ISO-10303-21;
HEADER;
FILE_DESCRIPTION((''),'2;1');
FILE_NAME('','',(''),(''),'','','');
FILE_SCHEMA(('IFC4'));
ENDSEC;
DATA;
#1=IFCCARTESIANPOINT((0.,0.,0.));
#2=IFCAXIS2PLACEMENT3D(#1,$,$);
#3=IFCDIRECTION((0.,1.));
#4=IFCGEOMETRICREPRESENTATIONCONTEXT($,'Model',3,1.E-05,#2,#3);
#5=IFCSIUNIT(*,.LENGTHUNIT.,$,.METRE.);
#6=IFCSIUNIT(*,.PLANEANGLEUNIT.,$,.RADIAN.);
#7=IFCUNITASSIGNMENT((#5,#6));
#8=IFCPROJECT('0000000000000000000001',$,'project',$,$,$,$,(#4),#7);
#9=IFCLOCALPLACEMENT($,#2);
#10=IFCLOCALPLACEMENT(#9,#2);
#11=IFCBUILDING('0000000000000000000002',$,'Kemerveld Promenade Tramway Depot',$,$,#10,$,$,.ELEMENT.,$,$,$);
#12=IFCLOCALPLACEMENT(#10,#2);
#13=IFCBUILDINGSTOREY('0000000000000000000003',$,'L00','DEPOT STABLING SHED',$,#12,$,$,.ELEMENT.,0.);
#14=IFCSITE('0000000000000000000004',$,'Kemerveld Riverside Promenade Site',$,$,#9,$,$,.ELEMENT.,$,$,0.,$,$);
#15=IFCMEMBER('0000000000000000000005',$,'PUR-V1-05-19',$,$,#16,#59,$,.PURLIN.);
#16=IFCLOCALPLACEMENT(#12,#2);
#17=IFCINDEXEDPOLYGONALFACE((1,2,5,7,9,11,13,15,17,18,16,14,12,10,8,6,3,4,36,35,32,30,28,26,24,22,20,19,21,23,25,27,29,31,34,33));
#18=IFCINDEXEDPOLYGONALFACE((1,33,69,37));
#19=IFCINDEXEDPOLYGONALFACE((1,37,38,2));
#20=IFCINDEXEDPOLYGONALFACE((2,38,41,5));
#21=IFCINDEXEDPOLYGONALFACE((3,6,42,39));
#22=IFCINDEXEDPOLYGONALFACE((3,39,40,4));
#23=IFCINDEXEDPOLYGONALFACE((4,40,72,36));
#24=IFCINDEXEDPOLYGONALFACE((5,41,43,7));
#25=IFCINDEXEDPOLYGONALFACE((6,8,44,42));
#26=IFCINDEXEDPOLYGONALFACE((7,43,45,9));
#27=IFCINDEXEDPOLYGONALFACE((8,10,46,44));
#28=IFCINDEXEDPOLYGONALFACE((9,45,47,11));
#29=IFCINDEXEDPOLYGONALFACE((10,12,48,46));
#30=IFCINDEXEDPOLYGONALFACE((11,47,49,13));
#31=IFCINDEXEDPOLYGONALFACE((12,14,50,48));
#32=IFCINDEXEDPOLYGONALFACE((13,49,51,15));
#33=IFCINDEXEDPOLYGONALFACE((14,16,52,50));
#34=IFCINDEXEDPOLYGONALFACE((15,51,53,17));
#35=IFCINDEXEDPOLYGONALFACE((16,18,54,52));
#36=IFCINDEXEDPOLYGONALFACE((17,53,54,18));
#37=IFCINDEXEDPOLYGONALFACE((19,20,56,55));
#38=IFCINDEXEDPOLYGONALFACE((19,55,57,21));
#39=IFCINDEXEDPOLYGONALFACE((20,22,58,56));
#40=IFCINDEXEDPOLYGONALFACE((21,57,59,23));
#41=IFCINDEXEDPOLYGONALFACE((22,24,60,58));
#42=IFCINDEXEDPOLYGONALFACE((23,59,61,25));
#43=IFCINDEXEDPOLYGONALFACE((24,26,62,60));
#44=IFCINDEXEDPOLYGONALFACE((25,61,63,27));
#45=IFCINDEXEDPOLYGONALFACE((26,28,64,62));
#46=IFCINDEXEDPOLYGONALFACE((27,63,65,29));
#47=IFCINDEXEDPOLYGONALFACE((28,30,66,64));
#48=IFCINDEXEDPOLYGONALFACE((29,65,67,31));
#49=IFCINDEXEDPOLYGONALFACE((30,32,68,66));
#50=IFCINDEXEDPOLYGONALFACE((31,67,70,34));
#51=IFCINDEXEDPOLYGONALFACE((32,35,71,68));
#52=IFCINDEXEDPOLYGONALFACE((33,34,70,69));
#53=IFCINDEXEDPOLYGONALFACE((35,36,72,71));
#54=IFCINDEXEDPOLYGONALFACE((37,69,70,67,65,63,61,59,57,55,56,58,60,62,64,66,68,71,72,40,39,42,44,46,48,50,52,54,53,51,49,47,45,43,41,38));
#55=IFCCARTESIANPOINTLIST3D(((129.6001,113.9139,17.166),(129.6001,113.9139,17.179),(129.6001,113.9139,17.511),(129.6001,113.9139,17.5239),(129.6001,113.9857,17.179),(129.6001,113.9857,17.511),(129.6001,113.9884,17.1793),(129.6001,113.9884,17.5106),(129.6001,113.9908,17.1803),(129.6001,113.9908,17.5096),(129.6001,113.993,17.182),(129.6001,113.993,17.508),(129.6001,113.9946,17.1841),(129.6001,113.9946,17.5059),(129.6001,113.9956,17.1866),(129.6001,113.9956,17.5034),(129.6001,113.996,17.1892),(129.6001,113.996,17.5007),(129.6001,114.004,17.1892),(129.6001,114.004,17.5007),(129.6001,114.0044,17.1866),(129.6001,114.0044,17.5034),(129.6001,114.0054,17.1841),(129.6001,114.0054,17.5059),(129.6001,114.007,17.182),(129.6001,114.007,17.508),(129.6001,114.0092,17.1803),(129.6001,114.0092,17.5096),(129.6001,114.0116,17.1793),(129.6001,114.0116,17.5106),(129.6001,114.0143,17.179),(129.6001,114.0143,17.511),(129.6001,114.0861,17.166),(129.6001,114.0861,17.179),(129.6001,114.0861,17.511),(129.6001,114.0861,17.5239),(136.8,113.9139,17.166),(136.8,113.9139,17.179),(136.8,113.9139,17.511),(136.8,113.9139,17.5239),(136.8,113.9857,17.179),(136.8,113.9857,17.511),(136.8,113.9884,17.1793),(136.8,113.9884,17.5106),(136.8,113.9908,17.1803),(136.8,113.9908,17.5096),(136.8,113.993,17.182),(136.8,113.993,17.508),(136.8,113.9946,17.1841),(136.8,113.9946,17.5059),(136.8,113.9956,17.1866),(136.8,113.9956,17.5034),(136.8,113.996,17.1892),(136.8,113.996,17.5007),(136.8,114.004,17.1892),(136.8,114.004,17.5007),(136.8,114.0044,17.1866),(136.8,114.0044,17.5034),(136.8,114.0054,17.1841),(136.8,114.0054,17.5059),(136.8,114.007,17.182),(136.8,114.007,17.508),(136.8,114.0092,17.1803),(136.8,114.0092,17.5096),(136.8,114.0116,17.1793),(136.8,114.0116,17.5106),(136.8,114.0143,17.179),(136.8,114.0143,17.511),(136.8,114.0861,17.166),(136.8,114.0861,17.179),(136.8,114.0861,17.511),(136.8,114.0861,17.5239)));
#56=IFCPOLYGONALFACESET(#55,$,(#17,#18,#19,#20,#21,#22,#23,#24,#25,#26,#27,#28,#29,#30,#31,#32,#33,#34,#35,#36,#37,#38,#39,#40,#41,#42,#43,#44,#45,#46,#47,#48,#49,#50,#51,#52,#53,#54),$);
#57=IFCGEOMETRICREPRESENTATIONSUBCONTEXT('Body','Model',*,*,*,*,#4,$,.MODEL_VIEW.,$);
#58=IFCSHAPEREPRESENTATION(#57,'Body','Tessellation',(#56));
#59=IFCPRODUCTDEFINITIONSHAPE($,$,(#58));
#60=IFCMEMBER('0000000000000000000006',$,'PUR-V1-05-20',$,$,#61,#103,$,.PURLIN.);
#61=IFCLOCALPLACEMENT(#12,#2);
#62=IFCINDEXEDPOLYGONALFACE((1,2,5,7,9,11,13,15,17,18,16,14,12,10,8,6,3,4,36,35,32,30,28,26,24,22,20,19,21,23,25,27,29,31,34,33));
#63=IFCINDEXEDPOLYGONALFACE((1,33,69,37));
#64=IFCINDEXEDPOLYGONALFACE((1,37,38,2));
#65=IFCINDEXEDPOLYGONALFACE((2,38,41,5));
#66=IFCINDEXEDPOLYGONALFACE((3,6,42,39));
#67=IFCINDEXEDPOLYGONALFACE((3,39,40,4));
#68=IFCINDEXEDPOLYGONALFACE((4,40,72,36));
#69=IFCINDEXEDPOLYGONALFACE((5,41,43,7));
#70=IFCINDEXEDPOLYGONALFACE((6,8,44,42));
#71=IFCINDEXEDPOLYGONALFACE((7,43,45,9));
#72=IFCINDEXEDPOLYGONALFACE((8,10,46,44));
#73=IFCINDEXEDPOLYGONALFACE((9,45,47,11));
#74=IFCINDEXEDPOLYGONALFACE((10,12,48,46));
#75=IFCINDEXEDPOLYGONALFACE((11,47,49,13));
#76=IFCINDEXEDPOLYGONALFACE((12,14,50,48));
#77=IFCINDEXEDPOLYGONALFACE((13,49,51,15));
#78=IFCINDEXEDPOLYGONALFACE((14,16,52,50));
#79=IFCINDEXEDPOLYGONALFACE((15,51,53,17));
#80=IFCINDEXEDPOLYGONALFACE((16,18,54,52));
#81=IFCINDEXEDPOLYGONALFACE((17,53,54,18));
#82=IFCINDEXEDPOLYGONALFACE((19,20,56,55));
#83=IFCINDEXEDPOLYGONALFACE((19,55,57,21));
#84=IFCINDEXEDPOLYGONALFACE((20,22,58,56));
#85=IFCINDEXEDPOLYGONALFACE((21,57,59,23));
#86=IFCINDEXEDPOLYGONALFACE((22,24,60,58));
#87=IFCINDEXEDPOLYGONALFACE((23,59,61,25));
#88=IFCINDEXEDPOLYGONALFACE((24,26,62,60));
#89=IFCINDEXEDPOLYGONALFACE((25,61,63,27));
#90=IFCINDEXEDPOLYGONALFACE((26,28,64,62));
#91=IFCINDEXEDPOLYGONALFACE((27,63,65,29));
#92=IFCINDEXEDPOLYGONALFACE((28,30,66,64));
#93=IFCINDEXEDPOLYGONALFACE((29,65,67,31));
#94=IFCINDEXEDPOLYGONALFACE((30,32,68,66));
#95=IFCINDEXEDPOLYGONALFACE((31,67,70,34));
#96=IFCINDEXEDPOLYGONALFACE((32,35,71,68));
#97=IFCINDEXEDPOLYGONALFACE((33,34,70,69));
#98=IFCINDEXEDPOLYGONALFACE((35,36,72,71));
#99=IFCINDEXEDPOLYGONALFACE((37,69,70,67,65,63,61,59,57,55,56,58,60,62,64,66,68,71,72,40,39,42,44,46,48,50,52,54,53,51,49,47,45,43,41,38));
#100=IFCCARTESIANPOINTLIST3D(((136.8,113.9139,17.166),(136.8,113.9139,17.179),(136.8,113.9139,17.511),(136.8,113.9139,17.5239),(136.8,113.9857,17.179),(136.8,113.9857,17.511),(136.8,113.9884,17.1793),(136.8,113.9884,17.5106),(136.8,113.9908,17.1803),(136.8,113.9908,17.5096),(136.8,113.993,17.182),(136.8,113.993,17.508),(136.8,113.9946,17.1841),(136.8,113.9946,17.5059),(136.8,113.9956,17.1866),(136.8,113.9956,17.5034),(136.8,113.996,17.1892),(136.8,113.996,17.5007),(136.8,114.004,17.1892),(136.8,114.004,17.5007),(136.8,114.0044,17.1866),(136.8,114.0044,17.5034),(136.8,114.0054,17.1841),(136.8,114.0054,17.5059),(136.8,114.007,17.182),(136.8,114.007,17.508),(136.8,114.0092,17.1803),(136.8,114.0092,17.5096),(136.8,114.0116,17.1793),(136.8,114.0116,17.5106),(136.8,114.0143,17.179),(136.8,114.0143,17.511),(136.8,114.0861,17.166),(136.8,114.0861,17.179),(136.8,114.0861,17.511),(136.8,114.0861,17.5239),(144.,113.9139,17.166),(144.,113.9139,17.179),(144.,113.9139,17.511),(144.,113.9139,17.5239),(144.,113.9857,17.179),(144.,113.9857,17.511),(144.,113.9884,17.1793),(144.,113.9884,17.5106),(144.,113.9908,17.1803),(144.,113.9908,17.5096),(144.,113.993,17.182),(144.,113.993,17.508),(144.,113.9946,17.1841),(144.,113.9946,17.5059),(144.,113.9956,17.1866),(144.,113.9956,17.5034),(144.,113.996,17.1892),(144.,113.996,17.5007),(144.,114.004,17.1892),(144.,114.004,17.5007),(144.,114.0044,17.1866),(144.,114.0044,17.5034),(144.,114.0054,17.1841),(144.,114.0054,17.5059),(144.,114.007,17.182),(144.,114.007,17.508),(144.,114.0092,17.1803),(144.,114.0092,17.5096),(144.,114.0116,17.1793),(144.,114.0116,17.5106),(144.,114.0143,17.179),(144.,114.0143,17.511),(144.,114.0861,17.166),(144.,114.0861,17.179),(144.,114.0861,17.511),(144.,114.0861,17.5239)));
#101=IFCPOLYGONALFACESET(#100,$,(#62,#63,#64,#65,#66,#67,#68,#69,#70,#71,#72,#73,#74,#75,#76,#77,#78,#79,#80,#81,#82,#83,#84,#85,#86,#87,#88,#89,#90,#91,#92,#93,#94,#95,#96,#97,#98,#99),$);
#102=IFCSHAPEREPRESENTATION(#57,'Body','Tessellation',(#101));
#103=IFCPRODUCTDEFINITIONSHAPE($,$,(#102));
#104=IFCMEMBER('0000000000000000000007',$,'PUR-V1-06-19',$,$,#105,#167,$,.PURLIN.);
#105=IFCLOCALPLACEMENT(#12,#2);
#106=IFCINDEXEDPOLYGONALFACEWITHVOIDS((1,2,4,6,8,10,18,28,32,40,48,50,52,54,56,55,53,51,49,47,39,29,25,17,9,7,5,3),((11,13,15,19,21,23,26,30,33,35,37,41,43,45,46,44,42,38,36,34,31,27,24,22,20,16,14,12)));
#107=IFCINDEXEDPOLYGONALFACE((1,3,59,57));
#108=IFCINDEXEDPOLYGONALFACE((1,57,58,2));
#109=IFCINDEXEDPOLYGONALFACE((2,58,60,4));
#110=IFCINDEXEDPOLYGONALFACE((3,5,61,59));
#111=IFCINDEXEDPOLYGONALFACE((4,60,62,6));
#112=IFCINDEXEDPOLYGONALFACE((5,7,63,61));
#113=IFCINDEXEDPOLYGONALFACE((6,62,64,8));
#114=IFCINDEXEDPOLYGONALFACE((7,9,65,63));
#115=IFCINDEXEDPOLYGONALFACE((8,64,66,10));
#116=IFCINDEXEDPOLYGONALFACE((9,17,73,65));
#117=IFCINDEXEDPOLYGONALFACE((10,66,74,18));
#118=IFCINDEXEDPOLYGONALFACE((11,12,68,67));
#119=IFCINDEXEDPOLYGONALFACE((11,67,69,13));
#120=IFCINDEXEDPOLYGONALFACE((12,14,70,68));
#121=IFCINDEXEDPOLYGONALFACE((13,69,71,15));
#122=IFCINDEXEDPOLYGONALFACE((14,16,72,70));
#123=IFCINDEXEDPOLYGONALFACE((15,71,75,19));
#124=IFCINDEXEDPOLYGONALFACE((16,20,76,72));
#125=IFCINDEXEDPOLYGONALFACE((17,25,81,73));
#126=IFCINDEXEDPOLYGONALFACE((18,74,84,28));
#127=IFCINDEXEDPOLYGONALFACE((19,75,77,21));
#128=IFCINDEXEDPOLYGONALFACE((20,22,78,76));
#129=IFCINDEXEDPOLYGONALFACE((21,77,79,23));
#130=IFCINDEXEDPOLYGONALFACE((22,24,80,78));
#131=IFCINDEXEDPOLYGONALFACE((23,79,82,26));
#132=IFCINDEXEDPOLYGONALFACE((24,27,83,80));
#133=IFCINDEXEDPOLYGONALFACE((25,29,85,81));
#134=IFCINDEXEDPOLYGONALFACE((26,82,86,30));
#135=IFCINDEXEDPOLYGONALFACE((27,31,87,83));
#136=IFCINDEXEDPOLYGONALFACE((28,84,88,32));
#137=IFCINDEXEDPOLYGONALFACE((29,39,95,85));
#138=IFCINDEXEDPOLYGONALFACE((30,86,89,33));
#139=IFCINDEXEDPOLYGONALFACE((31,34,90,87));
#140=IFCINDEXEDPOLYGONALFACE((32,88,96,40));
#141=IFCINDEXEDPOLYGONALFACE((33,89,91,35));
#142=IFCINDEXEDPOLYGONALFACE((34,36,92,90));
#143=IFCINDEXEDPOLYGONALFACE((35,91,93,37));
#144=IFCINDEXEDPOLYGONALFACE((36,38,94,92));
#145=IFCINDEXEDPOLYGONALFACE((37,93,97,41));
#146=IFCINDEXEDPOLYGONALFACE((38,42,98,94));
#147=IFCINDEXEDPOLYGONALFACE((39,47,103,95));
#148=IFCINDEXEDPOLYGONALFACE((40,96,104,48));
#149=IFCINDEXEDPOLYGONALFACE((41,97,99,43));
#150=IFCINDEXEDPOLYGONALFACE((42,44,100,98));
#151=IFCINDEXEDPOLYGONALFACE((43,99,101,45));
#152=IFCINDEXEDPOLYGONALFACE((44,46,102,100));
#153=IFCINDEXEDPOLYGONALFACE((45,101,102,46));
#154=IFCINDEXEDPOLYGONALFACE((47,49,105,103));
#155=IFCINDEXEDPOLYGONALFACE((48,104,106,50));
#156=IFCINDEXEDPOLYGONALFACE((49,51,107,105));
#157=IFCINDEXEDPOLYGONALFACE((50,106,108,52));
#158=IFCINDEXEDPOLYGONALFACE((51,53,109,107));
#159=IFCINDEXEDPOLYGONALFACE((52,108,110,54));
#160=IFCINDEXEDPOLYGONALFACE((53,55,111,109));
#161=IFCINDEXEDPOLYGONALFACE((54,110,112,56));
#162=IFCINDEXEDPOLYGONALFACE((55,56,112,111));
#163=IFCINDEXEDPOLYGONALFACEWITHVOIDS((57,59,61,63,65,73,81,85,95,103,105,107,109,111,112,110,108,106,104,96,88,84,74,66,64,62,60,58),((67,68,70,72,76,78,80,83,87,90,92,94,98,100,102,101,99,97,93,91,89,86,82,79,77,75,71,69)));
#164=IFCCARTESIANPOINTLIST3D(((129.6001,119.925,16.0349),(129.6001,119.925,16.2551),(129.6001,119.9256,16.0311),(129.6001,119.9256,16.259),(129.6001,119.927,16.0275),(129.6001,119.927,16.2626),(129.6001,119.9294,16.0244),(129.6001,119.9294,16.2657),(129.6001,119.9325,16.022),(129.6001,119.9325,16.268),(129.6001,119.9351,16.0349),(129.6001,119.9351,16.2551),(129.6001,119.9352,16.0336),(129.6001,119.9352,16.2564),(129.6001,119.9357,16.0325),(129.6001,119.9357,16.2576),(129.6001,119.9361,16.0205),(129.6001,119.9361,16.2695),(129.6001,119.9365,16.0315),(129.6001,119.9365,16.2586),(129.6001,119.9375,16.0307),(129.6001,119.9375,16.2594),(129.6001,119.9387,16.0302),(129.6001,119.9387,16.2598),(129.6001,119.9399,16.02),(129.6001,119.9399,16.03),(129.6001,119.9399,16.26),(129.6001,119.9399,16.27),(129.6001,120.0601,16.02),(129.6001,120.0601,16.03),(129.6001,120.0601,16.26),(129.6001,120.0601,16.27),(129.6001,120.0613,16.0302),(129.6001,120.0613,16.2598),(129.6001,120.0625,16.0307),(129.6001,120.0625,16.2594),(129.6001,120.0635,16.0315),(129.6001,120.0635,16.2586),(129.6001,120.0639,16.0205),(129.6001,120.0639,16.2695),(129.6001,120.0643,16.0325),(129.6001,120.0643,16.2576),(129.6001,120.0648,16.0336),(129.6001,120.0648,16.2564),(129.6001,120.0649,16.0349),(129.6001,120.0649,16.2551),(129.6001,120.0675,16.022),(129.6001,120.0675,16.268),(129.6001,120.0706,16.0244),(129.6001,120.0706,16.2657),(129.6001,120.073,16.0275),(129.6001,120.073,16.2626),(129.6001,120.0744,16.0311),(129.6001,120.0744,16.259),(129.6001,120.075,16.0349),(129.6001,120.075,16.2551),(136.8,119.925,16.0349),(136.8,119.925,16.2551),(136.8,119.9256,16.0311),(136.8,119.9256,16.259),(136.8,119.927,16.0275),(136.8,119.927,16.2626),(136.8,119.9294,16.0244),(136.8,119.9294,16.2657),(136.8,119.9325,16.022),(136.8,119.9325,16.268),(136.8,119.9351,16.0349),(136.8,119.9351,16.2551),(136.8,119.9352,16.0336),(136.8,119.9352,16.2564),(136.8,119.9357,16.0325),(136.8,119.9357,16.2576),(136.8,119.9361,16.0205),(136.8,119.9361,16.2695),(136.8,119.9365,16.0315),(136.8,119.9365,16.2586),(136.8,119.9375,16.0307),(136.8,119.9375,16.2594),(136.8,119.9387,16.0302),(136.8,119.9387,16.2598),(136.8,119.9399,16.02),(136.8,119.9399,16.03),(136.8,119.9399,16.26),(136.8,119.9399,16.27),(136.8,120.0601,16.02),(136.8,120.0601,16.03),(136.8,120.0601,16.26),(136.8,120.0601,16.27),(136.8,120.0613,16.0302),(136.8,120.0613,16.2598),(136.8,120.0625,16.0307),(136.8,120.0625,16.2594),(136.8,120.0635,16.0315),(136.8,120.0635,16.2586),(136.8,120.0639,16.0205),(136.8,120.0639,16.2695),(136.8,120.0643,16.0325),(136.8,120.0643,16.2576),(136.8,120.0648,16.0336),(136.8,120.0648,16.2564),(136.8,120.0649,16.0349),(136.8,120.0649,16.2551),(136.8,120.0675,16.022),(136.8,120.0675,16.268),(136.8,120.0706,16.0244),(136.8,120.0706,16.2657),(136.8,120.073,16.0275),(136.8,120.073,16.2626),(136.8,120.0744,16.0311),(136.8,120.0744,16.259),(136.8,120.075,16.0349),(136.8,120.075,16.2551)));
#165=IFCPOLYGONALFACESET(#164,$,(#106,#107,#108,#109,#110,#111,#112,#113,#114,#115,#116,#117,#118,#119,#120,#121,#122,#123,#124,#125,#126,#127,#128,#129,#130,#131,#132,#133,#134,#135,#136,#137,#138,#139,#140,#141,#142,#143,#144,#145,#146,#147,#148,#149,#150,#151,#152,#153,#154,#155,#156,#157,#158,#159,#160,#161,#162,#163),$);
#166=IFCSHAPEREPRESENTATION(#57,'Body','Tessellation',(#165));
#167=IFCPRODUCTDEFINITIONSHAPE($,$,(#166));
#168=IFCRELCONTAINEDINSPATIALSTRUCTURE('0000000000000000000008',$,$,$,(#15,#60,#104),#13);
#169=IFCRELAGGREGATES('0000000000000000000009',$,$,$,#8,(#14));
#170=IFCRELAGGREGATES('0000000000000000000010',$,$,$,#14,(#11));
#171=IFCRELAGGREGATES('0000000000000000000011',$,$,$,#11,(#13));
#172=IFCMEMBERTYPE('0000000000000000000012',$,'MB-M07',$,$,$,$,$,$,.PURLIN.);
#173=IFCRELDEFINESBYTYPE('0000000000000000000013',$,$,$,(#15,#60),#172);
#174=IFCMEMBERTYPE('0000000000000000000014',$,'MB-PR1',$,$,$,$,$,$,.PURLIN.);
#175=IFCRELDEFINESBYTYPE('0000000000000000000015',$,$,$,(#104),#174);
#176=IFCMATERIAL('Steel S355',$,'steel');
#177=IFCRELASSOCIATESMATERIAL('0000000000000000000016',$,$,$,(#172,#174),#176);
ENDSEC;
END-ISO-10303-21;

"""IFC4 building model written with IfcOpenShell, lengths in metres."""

from ifc_helpers import new_model, si_unit, direction, frame, origin, origin_2d, place, context, subcontext, project, spatial, hollow_rectangle, i_section, extrude, material, material_profile, profile_set, type_object, element, save


model = new_model("IFC4")

# Units and contexts
model_context = context("Model", 3, precision=1e-05, world=origin(), true_north=direction((0.0, 1.0)))
body_context = subcontext(model_context, "Body", "Model", "MODEL_VIEW")
ifc_project = project(units=[si_unit("LENGTHUNIT", "METRE"), si_unit("PLANEANGLEUNIT", "RADIAN")], contexts=[model_context])

# Site, building, storey
site_placement = place(None, origin())
site = spatial("IfcSite", under=ifc_project, at=site_placement, Name="Kemerveld Riverside Promenade Site", CompositionType="ELEMENT", RefElevation=0.0)
building_placement = place(site_placement, origin())
building = spatial("IfcBuilding", under=site, at=building_placement, Name="Kemerveld Promenade Tramway Depot", CompositionType="ELEMENT")
storey_placement = place(building_placement, origin())
storey = spatial("IfcBuildingStorey", under=building, at=storey_placement, Name="L00", Description="DEPOT STABLING SHED", CompositionType="ELEMENT", Elevation=0.0)

# Members
ifc_material_1 = material(Name="Steel S355", Category="steel")
ifc_material_profile_1 = material_profile(ifc_material_1, i_section(OverallWidth=0.1721, OverallDepth=0.3579, WebThickness=0.0081, FlangeThickness=0.0129, FilletRadius=0.0103, at=origin_2d()), Name="356x171x57 UB")
ifc_profile_set_1 = profile_set([ifc_material_profile_1], Name="Steel S355")
member_type_1 = type_object("IfcMemberType", Name="MB-M07", PredefinedType="PURLIN", material=ifc_profile_set_1)
for number, where, z_axis, x_axis, name in (
    (1, (129.6001, 114.0, 17.345), (1.0, 0.0, 0.0), (0.0, 1.0, 0.0), "PUR-V1-05-19"),
    (2, (136.8, 114.0, 17.345), (1.0, 0.0, 0.0), (0.0, 1.0, 0.0), "PUR-V1-05-20"),
):
    element("IfcMember", number, at=place(storey_placement, frame(where, z_axis=z_axis, x_axis=x_axis)), inside=storey, type_object=member_type_1, Name=name, PredefinedType="PURLIN", context=body_context, shape_type="SweptSolid", body=[
        extrude(i_section(OverallWidth=0.1721, OverallDepth=0.3579, WebThickness=0.0081, FlangeThickness=0.0129, FilletRadius=0.0103, at=origin_2d()), origin(), (0.0, 0.0, 1.0), 7.2),
    ])
ifc_material_profile_2 = material_profile(ifc_material_1, hollow_rectangle(XDim=0.1499, YDim=0.25, WallThickness=0.01, InnerFilletRadius=0.0049, OuterFilletRadius=0.0149, at=origin_2d()), Name="250x150x10.0 RHS")
ifc_profile_set_2 = profile_set([ifc_material_profile_2], Name="Steel S355")
member_type_2 = type_object("IfcMemberType", Name="MB-PR1", PredefinedType="PURLIN", material=ifc_profile_set_2)
for number, where, z_axis, x_axis, name in (
    (3, (129.6001, 120.0, 16.145), (1.0, 0.0, 0.0), (0.0, 1.0, 0.0), "PUR-V1-06-19"),
):
    element("IfcMember", number, at=place(storey_placement, frame(where, z_axis=z_axis, x_axis=x_axis)), inside=storey, type_object=member_type_2, Name=name, PredefinedType="PURLIN", context=body_context, shape_type="SweptSolid", body=[
        extrude(hollow_rectangle(XDim=0.1499, YDim=0.25, WallThickness=0.01, InnerFilletRadius=0.0049, OuterFilletRadius=0.0149, at=origin_2d()), origin(), (0.0, 0.0, 1.0), 7.2),
    ])

save(model, "model.ifc")
